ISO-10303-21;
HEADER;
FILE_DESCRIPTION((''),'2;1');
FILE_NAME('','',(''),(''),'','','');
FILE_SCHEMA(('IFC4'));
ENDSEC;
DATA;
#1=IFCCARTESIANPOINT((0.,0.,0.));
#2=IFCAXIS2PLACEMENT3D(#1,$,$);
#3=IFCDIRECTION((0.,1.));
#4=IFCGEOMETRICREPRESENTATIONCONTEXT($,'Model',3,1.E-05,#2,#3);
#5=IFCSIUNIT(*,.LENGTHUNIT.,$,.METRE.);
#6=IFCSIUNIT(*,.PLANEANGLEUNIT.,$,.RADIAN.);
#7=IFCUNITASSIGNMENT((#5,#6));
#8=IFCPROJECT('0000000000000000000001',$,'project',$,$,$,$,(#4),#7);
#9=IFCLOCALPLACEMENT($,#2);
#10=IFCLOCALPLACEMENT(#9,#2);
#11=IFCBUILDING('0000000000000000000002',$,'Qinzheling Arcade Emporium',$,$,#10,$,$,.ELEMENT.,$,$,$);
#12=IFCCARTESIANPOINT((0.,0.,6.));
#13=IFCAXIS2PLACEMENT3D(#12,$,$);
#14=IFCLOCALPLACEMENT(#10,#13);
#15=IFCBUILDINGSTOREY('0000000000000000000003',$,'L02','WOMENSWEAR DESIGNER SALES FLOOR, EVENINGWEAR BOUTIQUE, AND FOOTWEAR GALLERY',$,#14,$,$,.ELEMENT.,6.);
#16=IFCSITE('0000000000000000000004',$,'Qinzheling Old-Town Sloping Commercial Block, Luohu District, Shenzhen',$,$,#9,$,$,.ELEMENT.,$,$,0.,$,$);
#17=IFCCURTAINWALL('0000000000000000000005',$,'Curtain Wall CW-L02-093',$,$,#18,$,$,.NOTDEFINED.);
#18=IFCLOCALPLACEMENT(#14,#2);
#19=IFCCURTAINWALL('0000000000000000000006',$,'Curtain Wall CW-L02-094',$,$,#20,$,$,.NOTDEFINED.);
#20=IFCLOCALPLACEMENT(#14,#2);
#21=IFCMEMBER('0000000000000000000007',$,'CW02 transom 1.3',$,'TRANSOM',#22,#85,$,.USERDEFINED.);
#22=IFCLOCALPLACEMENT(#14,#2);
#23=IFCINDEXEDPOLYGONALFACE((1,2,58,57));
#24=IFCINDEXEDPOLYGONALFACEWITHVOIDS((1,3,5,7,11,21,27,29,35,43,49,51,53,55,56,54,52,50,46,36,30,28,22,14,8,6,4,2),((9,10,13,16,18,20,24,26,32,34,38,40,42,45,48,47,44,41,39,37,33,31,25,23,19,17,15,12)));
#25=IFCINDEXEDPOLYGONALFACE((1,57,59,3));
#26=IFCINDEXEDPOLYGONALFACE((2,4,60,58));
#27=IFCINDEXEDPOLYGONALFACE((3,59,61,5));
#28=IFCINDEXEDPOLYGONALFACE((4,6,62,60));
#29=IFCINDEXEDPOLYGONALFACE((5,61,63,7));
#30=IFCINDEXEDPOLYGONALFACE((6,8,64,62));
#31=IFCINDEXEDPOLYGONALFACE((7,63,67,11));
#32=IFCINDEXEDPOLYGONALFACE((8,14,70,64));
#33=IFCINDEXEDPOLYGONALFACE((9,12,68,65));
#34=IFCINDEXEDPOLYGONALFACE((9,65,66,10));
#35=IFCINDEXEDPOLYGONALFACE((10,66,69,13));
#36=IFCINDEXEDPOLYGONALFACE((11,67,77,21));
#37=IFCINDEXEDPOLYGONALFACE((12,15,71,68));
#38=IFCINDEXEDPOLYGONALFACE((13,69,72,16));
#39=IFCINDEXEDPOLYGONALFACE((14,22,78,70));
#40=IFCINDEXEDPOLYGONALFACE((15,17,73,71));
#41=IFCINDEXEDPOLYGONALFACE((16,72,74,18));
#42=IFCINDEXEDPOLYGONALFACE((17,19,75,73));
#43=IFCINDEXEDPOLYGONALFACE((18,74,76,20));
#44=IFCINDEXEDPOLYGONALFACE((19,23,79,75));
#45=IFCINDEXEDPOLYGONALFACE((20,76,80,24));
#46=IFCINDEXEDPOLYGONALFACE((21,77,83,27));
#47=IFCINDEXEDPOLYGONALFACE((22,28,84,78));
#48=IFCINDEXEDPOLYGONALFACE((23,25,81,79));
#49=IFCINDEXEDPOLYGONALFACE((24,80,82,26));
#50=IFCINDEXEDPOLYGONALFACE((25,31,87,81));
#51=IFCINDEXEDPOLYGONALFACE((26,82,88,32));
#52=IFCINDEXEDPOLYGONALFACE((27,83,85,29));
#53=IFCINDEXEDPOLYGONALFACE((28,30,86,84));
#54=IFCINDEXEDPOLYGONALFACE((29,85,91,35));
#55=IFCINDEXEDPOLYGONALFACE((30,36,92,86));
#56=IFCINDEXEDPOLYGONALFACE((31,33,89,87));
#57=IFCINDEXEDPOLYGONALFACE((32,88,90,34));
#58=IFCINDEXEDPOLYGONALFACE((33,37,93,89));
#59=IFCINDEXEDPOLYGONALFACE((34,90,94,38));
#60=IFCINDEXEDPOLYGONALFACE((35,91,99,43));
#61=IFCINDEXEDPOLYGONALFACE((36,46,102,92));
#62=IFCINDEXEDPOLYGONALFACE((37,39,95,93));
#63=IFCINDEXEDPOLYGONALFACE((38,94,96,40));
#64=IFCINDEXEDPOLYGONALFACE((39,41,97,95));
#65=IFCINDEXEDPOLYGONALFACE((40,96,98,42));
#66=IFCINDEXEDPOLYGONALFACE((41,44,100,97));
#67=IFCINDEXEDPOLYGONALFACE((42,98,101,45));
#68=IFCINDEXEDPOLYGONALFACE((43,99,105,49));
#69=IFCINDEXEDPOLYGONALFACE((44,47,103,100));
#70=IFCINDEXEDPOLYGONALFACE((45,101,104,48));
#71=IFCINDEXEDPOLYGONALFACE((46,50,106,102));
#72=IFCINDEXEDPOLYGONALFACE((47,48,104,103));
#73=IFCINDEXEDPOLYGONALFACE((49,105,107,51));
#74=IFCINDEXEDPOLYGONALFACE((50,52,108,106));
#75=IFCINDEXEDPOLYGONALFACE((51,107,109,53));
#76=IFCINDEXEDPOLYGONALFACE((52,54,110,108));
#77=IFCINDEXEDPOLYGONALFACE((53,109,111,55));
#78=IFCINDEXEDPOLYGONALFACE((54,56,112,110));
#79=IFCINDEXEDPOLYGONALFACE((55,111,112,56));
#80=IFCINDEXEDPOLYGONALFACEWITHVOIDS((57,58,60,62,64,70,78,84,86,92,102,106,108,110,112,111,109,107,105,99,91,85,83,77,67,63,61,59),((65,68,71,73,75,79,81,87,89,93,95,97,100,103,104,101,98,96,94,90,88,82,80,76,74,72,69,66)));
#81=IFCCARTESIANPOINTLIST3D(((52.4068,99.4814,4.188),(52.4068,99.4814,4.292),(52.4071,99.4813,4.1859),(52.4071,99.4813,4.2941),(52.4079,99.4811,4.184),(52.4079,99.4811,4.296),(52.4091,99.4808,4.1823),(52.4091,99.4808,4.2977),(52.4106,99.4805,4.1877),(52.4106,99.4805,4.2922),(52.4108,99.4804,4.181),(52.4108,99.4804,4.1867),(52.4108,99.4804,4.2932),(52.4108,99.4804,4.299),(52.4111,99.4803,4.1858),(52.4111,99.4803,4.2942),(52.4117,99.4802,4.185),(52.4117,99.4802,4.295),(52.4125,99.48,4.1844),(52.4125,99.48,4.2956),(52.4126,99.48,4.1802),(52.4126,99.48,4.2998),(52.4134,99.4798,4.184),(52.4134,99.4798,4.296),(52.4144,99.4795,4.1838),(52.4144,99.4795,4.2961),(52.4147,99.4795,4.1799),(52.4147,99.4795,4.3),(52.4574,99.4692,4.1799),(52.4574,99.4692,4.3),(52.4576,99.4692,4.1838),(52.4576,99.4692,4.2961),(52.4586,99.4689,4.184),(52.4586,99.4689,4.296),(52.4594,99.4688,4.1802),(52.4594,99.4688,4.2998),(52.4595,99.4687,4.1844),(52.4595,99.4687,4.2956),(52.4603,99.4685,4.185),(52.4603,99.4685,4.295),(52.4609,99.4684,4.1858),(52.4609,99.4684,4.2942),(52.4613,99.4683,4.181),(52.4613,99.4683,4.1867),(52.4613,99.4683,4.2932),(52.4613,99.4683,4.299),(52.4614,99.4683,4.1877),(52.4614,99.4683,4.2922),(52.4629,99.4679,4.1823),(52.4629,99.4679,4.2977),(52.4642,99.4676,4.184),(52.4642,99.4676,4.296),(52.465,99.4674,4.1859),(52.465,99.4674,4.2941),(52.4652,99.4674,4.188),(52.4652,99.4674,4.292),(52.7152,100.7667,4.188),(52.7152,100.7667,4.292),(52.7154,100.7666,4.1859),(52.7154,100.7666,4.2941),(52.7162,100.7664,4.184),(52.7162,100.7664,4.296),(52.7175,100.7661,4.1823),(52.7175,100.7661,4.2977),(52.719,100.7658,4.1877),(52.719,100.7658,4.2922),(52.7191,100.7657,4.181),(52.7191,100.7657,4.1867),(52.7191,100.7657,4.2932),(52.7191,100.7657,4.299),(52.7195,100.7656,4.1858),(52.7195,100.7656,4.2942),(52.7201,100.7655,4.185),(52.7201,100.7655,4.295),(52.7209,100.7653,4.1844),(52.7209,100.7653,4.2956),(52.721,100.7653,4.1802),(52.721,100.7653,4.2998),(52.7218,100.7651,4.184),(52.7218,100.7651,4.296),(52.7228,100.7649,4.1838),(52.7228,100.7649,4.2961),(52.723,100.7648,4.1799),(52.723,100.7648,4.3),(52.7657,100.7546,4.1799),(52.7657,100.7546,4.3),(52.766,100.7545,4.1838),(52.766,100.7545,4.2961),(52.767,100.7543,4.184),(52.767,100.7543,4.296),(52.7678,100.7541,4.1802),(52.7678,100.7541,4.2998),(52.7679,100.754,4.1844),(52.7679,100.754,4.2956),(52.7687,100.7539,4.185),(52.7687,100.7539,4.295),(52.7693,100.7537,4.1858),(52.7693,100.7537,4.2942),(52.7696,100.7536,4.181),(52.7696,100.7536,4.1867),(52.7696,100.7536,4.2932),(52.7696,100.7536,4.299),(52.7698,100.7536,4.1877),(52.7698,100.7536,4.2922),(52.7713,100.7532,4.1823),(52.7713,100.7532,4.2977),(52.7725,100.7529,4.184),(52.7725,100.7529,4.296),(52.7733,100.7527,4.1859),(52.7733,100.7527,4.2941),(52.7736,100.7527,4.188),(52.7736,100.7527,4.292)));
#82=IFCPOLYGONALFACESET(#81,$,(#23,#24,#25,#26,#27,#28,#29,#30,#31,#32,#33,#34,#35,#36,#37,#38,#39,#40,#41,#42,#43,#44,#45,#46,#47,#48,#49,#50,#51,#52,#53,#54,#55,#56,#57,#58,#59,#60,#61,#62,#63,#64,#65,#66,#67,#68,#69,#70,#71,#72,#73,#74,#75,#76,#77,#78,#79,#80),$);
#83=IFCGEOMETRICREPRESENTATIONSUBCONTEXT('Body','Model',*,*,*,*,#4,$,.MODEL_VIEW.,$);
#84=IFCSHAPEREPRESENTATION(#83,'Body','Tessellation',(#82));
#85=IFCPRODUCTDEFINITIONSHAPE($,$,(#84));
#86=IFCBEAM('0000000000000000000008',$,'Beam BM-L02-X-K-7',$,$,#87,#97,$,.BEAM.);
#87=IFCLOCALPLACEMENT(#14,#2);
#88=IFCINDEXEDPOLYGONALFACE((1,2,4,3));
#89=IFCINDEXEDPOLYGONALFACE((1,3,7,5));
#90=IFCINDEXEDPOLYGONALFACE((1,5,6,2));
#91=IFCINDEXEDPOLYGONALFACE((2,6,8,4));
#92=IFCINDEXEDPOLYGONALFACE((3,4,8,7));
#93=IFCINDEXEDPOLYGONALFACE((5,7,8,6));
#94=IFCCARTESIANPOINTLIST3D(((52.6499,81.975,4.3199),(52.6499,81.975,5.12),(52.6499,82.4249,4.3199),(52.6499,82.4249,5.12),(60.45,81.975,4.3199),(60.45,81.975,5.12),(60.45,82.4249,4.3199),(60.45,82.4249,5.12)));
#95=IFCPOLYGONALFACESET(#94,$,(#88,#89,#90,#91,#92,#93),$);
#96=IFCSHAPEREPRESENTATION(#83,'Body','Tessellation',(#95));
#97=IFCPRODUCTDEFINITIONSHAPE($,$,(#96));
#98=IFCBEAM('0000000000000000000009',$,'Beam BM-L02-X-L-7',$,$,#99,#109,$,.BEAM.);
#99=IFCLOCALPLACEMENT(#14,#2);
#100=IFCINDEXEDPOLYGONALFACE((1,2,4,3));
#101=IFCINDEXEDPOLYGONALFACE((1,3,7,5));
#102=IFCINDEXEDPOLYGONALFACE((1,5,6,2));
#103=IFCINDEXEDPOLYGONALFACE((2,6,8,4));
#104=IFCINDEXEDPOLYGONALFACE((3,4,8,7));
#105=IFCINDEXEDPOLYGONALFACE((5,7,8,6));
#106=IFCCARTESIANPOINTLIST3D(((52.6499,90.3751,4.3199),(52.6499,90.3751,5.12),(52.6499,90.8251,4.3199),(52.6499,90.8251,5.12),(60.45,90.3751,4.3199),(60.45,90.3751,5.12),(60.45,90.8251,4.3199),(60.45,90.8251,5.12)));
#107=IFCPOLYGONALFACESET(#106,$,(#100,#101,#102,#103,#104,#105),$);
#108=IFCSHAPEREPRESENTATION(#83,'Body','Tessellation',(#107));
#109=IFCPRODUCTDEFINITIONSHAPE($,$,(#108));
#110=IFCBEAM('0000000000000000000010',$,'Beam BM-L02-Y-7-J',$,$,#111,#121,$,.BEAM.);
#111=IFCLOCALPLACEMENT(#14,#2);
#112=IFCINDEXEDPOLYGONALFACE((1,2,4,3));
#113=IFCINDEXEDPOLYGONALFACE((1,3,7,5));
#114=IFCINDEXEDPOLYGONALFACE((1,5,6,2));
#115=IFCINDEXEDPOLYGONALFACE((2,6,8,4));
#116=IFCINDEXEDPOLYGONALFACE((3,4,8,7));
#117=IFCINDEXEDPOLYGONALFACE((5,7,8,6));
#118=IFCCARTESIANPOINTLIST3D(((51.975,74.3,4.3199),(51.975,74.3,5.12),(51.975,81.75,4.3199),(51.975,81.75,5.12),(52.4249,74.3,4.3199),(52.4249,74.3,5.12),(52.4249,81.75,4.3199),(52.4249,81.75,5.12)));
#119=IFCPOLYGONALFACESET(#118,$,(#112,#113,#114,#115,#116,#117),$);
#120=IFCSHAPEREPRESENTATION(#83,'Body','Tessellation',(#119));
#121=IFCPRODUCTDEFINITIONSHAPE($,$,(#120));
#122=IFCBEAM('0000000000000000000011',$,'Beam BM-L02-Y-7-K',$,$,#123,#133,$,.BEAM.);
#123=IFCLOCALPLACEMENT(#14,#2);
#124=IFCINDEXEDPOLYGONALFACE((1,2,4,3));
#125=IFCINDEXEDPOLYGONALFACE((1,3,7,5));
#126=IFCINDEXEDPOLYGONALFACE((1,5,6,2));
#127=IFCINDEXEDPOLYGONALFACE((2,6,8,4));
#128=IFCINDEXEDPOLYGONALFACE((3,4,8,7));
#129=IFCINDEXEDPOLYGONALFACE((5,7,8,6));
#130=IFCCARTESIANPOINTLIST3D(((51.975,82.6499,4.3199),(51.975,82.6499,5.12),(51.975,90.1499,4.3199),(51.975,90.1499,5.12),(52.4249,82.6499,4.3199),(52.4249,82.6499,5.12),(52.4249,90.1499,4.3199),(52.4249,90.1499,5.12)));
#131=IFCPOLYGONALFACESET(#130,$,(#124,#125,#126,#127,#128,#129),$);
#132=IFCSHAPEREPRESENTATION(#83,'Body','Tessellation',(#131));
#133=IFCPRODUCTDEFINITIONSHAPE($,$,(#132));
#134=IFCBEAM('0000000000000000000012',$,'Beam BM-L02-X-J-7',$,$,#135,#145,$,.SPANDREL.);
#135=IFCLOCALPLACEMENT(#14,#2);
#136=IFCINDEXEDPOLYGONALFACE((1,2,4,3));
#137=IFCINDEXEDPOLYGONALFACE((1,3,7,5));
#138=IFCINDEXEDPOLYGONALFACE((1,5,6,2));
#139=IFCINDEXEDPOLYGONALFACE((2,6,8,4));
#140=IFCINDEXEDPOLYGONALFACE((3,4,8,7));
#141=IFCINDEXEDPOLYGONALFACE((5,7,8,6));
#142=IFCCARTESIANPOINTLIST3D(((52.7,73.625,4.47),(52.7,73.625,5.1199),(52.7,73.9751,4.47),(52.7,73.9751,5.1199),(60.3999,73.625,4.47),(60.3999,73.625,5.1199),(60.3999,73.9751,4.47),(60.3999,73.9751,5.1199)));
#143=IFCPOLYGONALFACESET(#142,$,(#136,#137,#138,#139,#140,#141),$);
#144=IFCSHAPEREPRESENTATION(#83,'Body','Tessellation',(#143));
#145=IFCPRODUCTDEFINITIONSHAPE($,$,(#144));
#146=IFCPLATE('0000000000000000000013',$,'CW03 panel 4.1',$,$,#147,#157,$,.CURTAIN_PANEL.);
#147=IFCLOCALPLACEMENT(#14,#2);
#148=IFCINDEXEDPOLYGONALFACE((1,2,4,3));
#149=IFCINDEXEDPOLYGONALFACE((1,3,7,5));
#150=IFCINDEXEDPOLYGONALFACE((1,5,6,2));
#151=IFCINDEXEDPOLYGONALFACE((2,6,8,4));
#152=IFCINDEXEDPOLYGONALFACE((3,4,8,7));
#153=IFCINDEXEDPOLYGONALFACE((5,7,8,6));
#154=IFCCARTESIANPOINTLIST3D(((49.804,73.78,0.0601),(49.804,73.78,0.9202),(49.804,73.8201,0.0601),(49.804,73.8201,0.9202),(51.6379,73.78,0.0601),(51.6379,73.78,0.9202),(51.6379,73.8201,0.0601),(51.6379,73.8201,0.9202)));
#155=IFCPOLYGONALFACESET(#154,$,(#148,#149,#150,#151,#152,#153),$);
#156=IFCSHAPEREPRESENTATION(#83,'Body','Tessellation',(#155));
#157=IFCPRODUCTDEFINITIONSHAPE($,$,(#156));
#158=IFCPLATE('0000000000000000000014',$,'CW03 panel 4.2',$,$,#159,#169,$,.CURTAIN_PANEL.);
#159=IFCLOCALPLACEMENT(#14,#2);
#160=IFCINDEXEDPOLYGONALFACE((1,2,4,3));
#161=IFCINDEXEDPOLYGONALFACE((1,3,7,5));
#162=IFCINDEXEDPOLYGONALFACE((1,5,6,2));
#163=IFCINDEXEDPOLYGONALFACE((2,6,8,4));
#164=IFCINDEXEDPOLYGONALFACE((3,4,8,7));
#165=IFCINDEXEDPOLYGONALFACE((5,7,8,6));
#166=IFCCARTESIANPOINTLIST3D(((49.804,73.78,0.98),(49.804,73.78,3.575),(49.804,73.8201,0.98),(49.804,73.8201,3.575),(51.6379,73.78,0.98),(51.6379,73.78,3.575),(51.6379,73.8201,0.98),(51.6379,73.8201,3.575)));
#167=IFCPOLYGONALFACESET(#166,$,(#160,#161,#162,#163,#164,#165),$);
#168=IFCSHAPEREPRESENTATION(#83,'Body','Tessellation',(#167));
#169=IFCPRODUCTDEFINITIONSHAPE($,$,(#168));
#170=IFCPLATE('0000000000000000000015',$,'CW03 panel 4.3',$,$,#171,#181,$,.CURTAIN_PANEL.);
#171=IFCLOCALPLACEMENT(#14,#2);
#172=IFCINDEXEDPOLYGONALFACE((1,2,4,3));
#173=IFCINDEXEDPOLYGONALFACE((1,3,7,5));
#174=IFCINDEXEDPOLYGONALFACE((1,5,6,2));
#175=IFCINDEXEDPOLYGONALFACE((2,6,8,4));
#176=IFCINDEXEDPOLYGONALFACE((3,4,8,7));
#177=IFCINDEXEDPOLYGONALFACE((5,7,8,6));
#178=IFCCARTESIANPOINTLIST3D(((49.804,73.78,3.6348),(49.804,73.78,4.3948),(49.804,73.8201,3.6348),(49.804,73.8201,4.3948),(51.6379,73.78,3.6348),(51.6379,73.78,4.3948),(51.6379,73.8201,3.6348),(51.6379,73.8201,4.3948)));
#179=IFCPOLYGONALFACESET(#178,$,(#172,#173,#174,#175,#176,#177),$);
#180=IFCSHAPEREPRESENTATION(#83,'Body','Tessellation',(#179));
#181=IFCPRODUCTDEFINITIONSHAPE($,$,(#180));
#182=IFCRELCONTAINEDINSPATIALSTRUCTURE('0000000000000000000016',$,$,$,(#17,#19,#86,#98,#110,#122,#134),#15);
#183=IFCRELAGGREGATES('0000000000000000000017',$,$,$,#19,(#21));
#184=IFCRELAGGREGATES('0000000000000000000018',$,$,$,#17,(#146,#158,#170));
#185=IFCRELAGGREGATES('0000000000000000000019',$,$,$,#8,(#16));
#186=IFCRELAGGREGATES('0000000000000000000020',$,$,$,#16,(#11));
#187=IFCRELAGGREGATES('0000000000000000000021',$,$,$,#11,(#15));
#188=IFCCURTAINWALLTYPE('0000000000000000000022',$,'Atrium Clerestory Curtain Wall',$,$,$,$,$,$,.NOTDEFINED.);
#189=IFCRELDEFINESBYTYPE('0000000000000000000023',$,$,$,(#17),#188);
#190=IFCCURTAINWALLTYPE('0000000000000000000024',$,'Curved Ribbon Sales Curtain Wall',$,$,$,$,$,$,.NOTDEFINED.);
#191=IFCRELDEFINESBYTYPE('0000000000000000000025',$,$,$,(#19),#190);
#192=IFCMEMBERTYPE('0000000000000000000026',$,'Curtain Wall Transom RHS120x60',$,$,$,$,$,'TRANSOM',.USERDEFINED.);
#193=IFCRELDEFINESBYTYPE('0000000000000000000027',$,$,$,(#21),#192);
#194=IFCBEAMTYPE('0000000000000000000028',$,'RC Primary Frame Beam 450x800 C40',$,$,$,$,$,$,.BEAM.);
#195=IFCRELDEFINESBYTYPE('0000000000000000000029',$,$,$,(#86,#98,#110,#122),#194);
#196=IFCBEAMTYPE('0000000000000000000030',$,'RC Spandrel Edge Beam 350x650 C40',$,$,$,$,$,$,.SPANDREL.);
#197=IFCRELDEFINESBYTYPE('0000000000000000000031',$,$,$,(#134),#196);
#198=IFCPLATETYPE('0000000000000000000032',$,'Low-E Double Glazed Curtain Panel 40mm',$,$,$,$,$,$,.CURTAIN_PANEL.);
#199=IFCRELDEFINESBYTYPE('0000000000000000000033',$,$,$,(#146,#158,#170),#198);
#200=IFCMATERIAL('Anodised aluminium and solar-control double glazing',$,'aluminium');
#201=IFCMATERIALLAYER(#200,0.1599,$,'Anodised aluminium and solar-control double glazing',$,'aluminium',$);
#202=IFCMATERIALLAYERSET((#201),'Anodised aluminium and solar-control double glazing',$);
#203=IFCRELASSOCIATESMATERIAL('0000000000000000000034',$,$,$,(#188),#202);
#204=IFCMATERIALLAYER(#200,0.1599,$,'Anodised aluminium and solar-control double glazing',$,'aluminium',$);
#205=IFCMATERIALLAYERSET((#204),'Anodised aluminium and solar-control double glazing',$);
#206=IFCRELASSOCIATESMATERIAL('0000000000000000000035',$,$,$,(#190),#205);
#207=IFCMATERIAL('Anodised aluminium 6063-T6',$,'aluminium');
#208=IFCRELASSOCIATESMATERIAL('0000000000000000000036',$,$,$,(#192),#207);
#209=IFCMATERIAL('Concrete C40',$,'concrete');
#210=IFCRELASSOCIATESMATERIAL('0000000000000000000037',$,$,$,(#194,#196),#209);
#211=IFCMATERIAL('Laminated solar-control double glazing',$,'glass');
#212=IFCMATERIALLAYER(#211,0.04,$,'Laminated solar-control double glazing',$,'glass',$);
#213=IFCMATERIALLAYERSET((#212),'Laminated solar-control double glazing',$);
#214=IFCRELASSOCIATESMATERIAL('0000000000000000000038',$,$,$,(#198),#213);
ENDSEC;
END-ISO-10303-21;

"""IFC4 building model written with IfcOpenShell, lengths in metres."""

from ifc_helpers import new_model, si_unit, direction, frame, origin, origin_2d, place, context, subcontext, project, spatial, rectangle, hollow_rectangle, extrude, material, layer, layer_set, material_profile, profile_set, type_object, element, aggregate, save


model = new_model("IFC4")

# Units and contexts
model_context = context("Model", 3, precision=1e-05, world=origin(), true_north=direction((0.0, 1.0)))
body_context = subcontext(model_context, "Body", "Model", "MODEL_VIEW")
ifc_project = project(units=[si_unit("LENGTHUNIT", "METRE"), si_unit("PLANEANGLEUNIT", "RADIAN")], contexts=[model_context])

# Site, building, storey
site_placement = place(None, origin())
site = spatial("IfcSite", under=ifc_project, at=site_placement, Name="Qinzheling Old-Town Sloping Commercial Block, Luohu District, Shenzhen", CompositionType="ELEMENT", RefElevation=0.0)
building_placement = place(site_placement, origin())
building = spatial("IfcBuilding", under=site, at=building_placement, Name="Qinzheling Arcade Emporium", CompositionType="ELEMENT")
storey_placement = place(building_placement, frame((0.0, 0.0, 6.0)))
storey = spatial("IfcBuildingStorey", under=building, at=storey_placement, Name="L02", Description="WOMENSWEAR DESIGNER SALES FLOOR, EVENINGWEAR BOUTIQUE, AND FOOTWEAR GALLERY", CompositionType="ELEMENT", Elevation=6.0)

# Curtain wall
ifc_material_1 = material(Name="Anodised aluminium and solar-control double glazing", Category="aluminium")
ifc_layer_1 = layer(ifc_material_1, 0.1599, Name="Anodised aluminium and solar-control double glazing", Category="aluminium")
ifc_layer_set_1 = layer_set([ifc_layer_1], Name="Anodised aluminium and solar-control double glazing")
curtain_wall_type_1 = type_object("IfcCurtainWallType", Name="Atrium Clerestory Curtain Wall", PredefinedType="NOTDEFINED", material=ifc_layer_set_1)
curtain_wall_1_placement = place(storey_placement, origin())
curtain_wall_1 = element("IfcCurtainWall", 1, at=curtain_wall_1_placement, inside=storey, type_object=curtain_wall_type_1, Name="Curtain Wall CW-L02-093", PredefinedType="NOTDEFINED")
ifc_material_2 = material(Name="Anodised aluminium 6063-T6", Category="aluminium")

# Curtain wall, member
ifc_layer_2 = layer(ifc_material_1, 0.1599, Name="Anodised aluminium and solar-control double glazing", Category="aluminium")
ifc_layer_set_2 = layer_set([ifc_layer_2], Name="Anodised aluminium and solar-control double glazing")
curtain_wall_type_2 = type_object("IfcCurtainWallType", Name="Curved Ribbon Sales Curtain Wall", PredefinedType="NOTDEFINED", material=ifc_layer_set_2)
curtain_wall_2_placement = place(storey_placement, origin())
curtain_wall_2 = element("IfcCurtainWall", 2, at=curtain_wall_2_placement, inside=storey, type_object=curtain_wall_type_2, Name="Curtain Wall CW-L02-094", PredefinedType="NOTDEFINED")
ifc_material_profile_1 = material_profile(ifc_material_2, hollow_rectangle(XDim=0.0601, YDim=0.1201, WallThickness=0.0039, InnerFilletRadius=0.0039, OuterFilletRadius=0.0081, at=origin_2d()), Name="RHS 120x60x4", Category="aluminium")
ifc_profile_set_1 = profile_set([ifc_material_profile_1], Name="Anodised aluminium 6063-T6")
member_type_1 = type_object("IfcMemberType", Name="Curtain Wall Transom RHS120x60", ElementType="TRANSOM", PredefinedType="USERDEFINED", material=ifc_profile_set_1)
member_1_placement = place(storey_placement, frame((52.436, 99.4744, 4.24), z_axis=(0.233268, 0.972412, 0.0), x_axis=(-0.972412, 0.233268, 0.0)))
member_1 = element("IfcMember", 3, at=member_1_placement, type_object=member_type_1, Name="CW02 transom 1.3", ObjectType="TRANSOM", PredefinedType="USERDEFINED", context=body_context, shape_type="SweptSolid", body=[
    extrude(hollow_rectangle(XDim=0.0601, YDim=0.1201, WallThickness=0.0039, InnerFilletRadius=0.0039, OuterFilletRadius=0.0081, at=origin_2d()), origin(), (0.0, 0.0, 1.0), 1.3218),
])
aggregate(curtain_wall_2, [member_1])

# Beams
ifc_material_3 = material(Name="Concrete C40", Category="concrete")
ifc_material_profile_2 = material_profile(ifc_material_3, rectangle(XDim=0.45, YDim=0.8, at=origin_2d()), Name="RC 450x800", Category="concrete")
ifc_profile_set_2 = profile_set([ifc_material_profile_2], Name="Concrete C40")
beam_type_1 = type_object("IfcBeamType", Name="RC Primary Frame Beam 450x800 C40", PredefinedType="BEAM", material=ifc_profile_set_2)
for number, where, z_axis, x_axis, name in (
    (4, (52.6499, 82.2, 4.72), (1.0, 0.0, 0.0), (0.0, 1.0, 0.0), "Beam BM-L02-X-K-7"),
    (5, (52.6499, 90.6001, 4.72), (1.0, 0.0, 0.0), (0.0, 1.0, 0.0), "Beam BM-L02-X-L-7"),
):
    element("IfcBeam", number, at=place(storey_placement, frame(where, z_axis=z_axis, x_axis=x_axis)), inside=storey, type_object=beam_type_1, Name=name, PredefinedType="BEAM", context=body_context, shape_type="SweptSolid", body=[
        extrude(rectangle(XDim=0.45, YDim=0.8, at=origin_2d()), origin(), (0.0, 0.0, 1.0), 7.8),
    ])
beam_1_placement = place(storey_placement, frame((52.2, 74.3, 4.72), z_axis=(0.0, 1.0, 0.0), x_axis=(-1.0, 0.0, 0.0)))
element("IfcBeam", 6, at=beam_1_placement, inside=storey, type_object=beam_type_1, Name="Beam BM-L02-Y-7-J", PredefinedType="BEAM", context=body_context, shape_type="SweptSolid", body=[
    extrude(rectangle(XDim=0.45, YDim=0.8, at=origin_2d()), origin(), (0.0, 0.0, 1.0), 7.45),
])
beam_2_placement = place(storey_placement, frame((52.2, 82.6499, 4.72), z_axis=(0.0, 1.0, 0.0), x_axis=(-1.0, 0.0, 0.0)))
element("IfcBeam", 7, at=beam_2_placement, inside=storey, type_object=beam_type_1, Name="Beam BM-L02-Y-7-K", PredefinedType="BEAM", context=body_context, shape_type="SweptSolid", body=[
    extrude(rectangle(XDim=0.45, YDim=0.8, at=origin_2d()), origin(), (0.0, 0.0, 1.0), 7.5),
])
ifc_material_profile_3 = material_profile(ifc_material_3, rectangle(XDim=0.3501, YDim=0.6499, at=origin_2d()), Name="RC 350x650", Category="concrete")
ifc_profile_set_3 = profile_set([ifc_material_profile_3], Name="Concrete C40")
beam_type_2 = type_object("IfcBeamType", Name="RC Spandrel Edge Beam 350x650 C40", PredefinedType="SPANDREL", material=ifc_profile_set_3)
beam_3_placement = place(storey_placement, frame((52.7, 73.8, 4.7949), z_axis=(1.0, 0.0, 0.0), x_axis=(0.0, 1.0, 0.0)))
element("IfcBeam", 8, at=beam_3_placement, inside=storey, type_object=beam_type_2, Name="Beam BM-L02-X-J-7", PredefinedType="SPANDREL", context=body_context, shape_type="SweptSolid", body=[
    extrude(rectangle(XDim=0.3501, YDim=0.6499, at=origin_2d()), origin(), (0.0, 0.0, 1.0), 7.7),
])

# Plates
ifc_material_4 = material(Name="Laminated solar-control double glazing", Category="glass")
ifc_layer_3 = layer(ifc_material_4, 0.04, Name="Laminated solar-control double glazing", Category="glass")
ifc_layer_set_3 = layer_set([ifc_layer_3], Name="Laminated solar-control double glazing")
plate_type = type_object("IfcPlateType", Name="Low-E Double Glazed Curtain Panel 40mm", PredefinedType="CURTAIN_PANEL", material=ifc_layer_set_3)
plate_1_placement = place(storey_placement, frame((50.7209, 73.8, 0.0601), z_axis=(0.0, 0.0, 1.0), x_axis=(1.0, 0.0, 0.0)))
plate_1 = element("IfcPlate", 9, at=plate_1_placement, type_object=plate_type, Name="CW03 panel 4.1", PredefinedType="CURTAIN_PANEL", context=body_context, shape_type="SweptSolid", body=[
    extrude(rectangle(XDim=1.834, YDim=0.04, at=origin_2d()), origin(), (0.0, 0.0, 1.0), 0.8601),
])
plate_2_placement = place(storey_placement, frame((50.7209, 73.8, 0.98), z_axis=(0.0, 0.0, 1.0), x_axis=(1.0, 0.0, 0.0)))
plate_2 = element("IfcPlate", 10, at=plate_2_placement, type_object=plate_type, Name="CW03 panel 4.2", PredefinedType="CURTAIN_PANEL", context=body_context, shape_type="SweptSolid", body=[
    extrude(rectangle(XDim=1.834, YDim=0.04, at=origin_2d()), origin(), (0.0, 0.0, 1.0), 2.595),
])
plate_3_placement = place(storey_placement, frame((50.7209, 73.8, 3.6348), z_axis=(0.0, 0.0, 1.0), x_axis=(1.0, 0.0, 0.0)))
plate_3 = element("IfcPlate", 11, at=plate_3_placement, type_object=plate_type, Name="CW03 panel 4.3", PredefinedType="CURTAIN_PANEL", context=body_context, shape_type="SweptSolid", body=[
    extrude(rectangle(XDim=1.834, YDim=0.04, at=origin_2d()), origin(), (0.0, 0.0, 1.0), 0.76),
])
aggregate(curtain_wall_1, [plate_1, plate_2, plate_3])

save(model, "model.ifc")
